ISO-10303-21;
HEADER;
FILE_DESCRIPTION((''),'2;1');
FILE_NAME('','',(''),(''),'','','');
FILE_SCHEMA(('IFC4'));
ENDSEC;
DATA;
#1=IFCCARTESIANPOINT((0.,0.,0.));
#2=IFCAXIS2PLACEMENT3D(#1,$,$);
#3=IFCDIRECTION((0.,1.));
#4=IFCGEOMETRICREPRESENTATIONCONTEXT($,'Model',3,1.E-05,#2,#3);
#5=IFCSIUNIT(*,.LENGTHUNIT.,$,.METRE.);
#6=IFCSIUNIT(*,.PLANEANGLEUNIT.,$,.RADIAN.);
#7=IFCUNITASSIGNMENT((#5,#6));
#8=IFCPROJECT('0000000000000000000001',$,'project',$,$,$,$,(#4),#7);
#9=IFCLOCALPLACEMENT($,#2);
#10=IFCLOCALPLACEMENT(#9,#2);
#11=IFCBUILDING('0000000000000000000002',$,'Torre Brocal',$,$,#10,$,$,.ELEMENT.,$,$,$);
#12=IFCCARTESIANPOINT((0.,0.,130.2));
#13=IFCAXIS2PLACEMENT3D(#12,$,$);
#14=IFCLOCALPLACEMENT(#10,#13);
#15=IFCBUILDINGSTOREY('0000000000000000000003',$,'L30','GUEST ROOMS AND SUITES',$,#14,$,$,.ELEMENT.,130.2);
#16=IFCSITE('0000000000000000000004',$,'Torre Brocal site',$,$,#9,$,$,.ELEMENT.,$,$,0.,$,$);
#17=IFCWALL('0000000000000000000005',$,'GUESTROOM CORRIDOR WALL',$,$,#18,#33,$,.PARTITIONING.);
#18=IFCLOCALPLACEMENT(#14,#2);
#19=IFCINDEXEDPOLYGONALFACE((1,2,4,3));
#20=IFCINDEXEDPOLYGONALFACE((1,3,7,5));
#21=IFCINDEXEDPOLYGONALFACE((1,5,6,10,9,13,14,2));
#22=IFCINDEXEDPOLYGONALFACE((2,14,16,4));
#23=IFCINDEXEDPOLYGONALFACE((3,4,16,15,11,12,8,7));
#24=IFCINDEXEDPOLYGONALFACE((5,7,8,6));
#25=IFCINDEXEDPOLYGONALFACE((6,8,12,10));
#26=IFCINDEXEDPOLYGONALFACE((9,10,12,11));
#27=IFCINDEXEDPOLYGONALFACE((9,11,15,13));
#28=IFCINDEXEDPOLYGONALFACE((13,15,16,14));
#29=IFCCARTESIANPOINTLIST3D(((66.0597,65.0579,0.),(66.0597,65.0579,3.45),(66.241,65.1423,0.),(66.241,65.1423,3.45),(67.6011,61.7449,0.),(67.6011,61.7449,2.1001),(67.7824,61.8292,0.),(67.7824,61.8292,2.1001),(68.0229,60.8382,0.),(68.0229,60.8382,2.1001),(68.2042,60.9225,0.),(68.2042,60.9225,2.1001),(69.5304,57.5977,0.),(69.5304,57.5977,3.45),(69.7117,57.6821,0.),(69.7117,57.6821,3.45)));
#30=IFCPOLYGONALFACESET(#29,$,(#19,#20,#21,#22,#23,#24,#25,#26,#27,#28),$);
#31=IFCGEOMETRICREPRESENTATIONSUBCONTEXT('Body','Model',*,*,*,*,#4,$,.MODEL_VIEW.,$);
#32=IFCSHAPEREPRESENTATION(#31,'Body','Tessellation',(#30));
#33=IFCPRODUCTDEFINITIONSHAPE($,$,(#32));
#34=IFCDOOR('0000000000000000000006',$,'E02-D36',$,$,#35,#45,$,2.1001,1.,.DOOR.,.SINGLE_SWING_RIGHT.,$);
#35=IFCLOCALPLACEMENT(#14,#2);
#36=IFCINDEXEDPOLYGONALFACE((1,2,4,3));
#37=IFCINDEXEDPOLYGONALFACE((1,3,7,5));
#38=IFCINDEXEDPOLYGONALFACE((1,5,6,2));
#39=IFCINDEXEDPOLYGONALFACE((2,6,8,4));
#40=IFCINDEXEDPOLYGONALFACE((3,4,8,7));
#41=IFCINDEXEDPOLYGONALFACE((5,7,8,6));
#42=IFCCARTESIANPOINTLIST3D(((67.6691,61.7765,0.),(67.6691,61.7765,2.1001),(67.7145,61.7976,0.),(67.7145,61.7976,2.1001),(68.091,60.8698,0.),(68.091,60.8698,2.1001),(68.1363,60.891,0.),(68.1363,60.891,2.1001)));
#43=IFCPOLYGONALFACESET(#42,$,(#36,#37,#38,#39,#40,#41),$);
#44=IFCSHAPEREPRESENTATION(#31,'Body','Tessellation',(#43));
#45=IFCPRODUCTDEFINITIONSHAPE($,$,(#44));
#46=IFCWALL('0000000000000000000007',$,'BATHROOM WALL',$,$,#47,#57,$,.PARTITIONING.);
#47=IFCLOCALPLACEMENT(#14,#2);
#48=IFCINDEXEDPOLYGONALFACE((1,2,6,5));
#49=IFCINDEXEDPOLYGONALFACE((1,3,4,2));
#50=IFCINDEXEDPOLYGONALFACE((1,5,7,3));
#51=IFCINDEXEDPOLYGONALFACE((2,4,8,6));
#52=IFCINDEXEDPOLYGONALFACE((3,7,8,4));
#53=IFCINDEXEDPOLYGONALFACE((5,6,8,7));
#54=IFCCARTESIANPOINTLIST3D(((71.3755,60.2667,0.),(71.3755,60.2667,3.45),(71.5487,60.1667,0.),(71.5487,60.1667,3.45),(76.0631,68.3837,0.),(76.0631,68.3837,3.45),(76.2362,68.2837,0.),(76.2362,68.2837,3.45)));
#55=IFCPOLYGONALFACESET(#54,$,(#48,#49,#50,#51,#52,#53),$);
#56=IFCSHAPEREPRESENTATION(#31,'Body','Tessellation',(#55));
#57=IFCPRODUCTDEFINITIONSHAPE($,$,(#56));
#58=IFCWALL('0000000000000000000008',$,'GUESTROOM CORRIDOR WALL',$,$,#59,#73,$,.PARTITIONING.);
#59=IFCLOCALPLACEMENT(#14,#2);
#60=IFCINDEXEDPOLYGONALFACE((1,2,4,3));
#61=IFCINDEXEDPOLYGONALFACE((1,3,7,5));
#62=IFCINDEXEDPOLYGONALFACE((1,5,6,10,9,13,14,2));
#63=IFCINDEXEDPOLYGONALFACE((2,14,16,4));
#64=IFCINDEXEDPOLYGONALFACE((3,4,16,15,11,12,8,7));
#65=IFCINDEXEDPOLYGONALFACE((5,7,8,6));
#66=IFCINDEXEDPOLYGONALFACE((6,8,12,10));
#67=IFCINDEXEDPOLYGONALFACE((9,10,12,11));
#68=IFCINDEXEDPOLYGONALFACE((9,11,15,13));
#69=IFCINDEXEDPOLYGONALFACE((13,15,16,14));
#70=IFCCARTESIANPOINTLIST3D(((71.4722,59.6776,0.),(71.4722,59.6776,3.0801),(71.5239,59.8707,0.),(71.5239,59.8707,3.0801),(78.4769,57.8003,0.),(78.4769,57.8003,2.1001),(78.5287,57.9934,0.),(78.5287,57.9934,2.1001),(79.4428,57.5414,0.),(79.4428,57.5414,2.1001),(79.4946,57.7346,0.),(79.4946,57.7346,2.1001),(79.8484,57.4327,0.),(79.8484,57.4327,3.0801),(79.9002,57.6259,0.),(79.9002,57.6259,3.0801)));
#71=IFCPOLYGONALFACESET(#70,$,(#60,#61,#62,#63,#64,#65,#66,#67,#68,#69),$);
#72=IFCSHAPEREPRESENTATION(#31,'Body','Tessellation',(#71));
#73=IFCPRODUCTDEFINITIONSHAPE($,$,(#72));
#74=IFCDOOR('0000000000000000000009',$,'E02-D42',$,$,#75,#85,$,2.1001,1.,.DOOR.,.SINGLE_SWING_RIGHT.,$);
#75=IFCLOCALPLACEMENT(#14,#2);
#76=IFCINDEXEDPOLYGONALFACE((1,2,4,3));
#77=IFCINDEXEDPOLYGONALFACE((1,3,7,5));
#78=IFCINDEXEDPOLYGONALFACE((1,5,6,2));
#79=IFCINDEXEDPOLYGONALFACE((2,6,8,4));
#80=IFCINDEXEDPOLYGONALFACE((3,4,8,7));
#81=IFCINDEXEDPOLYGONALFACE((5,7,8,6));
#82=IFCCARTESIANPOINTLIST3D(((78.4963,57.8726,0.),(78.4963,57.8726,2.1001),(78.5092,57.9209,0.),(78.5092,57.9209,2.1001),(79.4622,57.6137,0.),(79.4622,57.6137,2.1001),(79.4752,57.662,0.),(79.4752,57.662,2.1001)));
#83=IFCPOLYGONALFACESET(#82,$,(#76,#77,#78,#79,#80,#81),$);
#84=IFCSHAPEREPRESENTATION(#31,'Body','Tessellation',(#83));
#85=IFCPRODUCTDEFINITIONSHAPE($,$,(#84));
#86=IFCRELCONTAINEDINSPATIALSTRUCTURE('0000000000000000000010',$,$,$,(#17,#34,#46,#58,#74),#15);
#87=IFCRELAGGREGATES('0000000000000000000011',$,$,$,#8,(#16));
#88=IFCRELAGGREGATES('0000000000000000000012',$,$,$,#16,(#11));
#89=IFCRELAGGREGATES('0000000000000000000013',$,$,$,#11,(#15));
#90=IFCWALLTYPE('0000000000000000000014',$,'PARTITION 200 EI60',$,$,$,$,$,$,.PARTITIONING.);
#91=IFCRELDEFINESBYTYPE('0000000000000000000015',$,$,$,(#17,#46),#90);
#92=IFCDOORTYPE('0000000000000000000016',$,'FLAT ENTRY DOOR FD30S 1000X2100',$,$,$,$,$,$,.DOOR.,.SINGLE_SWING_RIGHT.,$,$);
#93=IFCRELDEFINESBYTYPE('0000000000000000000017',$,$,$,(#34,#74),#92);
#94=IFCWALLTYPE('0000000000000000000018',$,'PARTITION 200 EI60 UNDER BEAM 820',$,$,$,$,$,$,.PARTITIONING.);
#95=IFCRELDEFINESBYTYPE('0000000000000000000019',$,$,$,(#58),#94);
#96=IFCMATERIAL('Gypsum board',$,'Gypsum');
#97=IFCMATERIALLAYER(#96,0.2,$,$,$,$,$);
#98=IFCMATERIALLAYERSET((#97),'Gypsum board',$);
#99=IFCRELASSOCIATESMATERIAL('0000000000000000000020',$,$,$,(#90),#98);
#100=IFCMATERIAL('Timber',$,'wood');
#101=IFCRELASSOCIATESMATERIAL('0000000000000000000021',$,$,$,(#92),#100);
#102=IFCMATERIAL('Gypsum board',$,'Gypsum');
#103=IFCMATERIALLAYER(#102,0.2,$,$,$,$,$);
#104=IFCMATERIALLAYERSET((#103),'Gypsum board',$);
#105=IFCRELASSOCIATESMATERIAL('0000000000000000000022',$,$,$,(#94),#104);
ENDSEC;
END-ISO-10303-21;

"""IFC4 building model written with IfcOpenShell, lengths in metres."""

from ifc_helpers import new_model, si_unit, direction, frame, frame_2d, origin, place, context, subcontext, project, spatial, rectangle, extrude, material, layer, layer_set, type_object, element, fill, save


model = new_model("IFC4")

# Units and contexts
model_context = context("Model", 3, precision=1e-05, world=origin(), true_north=direction((0.0, 1.0)))
body_context = subcontext(model_context, "Body", "Model", "MODEL_VIEW")
ifc_project = project(units=[si_unit("LENGTHUNIT", "METRE"), si_unit("PLANEANGLEUNIT", "RADIAN")], contexts=[model_context])

# Site, building, storey
site_placement = place(None, origin())
site = spatial("IfcSite", under=ifc_project, at=site_placement, Name="Torre Brocal site", CompositionType="ELEMENT", RefElevation=0.0)
building_placement = place(site_placement, origin())
building = spatial("IfcBuilding", under=site, at=building_placement, Name="Torre Brocal", CompositionType="ELEMENT")
storey_placement = place(building_placement, frame((0.0, 0.0, 130.2)))
storey = spatial("IfcBuildingStorey", under=building, at=storey_placement, Name="L30", Description="GUEST ROOMS AND SUITES", CompositionType="ELEMENT", Elevation=130.2)

# Wall, opening, door
ifc_material_1 = material(Name="Gypsum board", Category="Gypsum")
ifc_layer_1 = layer(ifc_material_1, 0.2)
ifc_layer_set_1 = layer_set([ifc_layer_1], Name="Gypsum board")
wall_type_1 = type_object("IfcWallType", Name="PARTITION 200 EI60", PredefinedType="PARTITIONING", material=ifc_layer_set_1)
wall_1_placement = place(storey_placement, frame((66.1504, 65.1001, 0.0), z_axis=(0.0, 0.0, 1.0), x_axis=(0.421815, -0.906682, 0.0)))
wall_1 = element("IfcWall", 1, at=wall_1_placement, inside=storey, type_object=wall_type_1, Name="GUESTROOM CORRIDOR WALL", PredefinedType="PARTITIONING", context=body_context, shape_type="SweptSolid", body=[
    extrude(rectangle(XDim=8.228, YDim=0.2, at=frame_2d((4.114, 0.0))), origin(), (0.0, 0.0, 1.0), 3.45),
])
opening_1_placement = place(wall_1_placement, frame((3.6541, 0.0, 0.0)))
opening_1 = element("IfcOpeningElement", 2, at=opening_1_placement, cuts=wall_1, PredefinedType="OPENING", context=body_context, shape_type="SweptSolid", body=[
    extrude(rectangle(XDim=1.0, YDim=2.1001, at=frame_2d((0.5, 1.05))), frame((0.0, 0.1099, 0.0), z_axis=(0.0, -1.0, 0.0), x_axis=(1.0, 0.0, 0.0)), (0.0, 0.0, 1.0), 0.22),
])
ifc_material_2 = material(Name="Timber", Category="wood")
door_type_1 = type_object("IfcDoorType", Name="FLAT ENTRY DOOR FD30S 1000X2100", OperationType="SINGLE_SWING_RIGHT", PredefinedType="DOOR", material=ifc_material_2)
door_1_placement = place(opening_1_placement, frame((1.0, 0.0, 0.0), z_axis=(0.0, 0.0, 1.0), x_axis=(-1.0, 0.0, 0.0)))
door_1 = element("IfcDoor", 3, at=door_1_placement, inside=storey, type_object=door_type_1, Name="E02-D36", OperationType="SINGLE_SWING_RIGHT", OverallHeight=2.1001, OverallWidth=1.0, PredefinedType="DOOR", context=body_context, shape_type="SweptSolid", body=[
    extrude(rectangle(XDim=1.0, YDim=2.1001, at=frame_2d((0.5, 1.05))), frame((0.0, 0.0249, 0.0), z_axis=(0.0, -1.0, 0.0), x_axis=(1.0, 0.0, 0.0)), (0.0, 0.0, 1.0), 0.05),
])
fill(opening_1, door_1)

# Wall
wall_2_placement = place(storey_placement, frame((71.4622, 60.2168, 0.0), z_axis=(0.0, 0.0, 1.0), x_axis=(0.500094, 0.865971, 0.0)))
element("IfcWall", 4, at=wall_2_placement, inside=storey, type_object=wall_type_1, Name="BATHROOM WALL", PredefinedType="PARTITIONING", context=body_context, shape_type="SweptSolid", body=[
    extrude(rectangle(XDim=9.3733, YDim=0.2, at=frame_2d((4.6865, 0.0))), origin(), (0.0, 0.0, 1.0), 3.45),
])

# Wall, opening, door
ifc_material_3 = material(Name="Gypsum board", Category="Gypsum")
ifc_layer_2 = layer(ifc_material_3, 0.2)
ifc_layer_set_2 = layer_set([ifc_layer_2], Name="Gypsum board")
wall_type_2 = type_object("IfcWallType", Name="PARTITION 200 EI60 UNDER BEAM 820", PredefinedType="PARTITIONING", material=ifc_layer_set_2)
wall_3_placement = place(storey_placement, frame((71.498, 59.7742, 0.0), z_axis=(0.0, 0.0, 1.0), x_axis=(0.965912, -0.25887, 0.0)))
wall_3 = element("IfcWall", 5, at=wall_3_placement, inside=storey, type_object=wall_type_2, Name="GUESTROOM CORRIDOR WALL", PredefinedType="PARTITIONING", context=body_context, shape_type="SweptSolid", body=[
    extrude(rectangle(XDim=8.6719, YDim=0.2, at=frame_2d((4.3359, 0.0))), origin(), (0.0, 0.0, 1.0), 3.0801),
])
opening_2_placement = place(wall_3_placement, frame((7.252, 0.0, 0.0)))
opening_2 = element("IfcOpeningElement", 6, at=opening_2_placement, cuts=wall_3, PredefinedType="OPENING", context=body_context, shape_type="SweptSolid", body=[
    extrude(rectangle(XDim=1.0, YDim=2.1001, at=frame_2d((0.5, 1.05))), frame((0.0, 0.1099, 0.0), z_axis=(0.0, -1.0, 0.0), x_axis=(1.0, 0.0, 0.0)), (0.0, 0.0, 1.0), 0.22),
])
door_2_placement = place(opening_2_placement, origin())
door_2 = element("IfcDoor", 7, at=door_2_placement, inside=storey, type_object=door_type_1, Name="E02-D42", OperationType="SINGLE_SWING_RIGHT", OverallHeight=2.1001, OverallWidth=1.0, PredefinedType="DOOR", context=body_context, shape_type="SweptSolid", body=[
    extrude(rectangle(XDim=1.0, YDim=2.1001, at=frame_2d((0.5, 1.05))), frame((0.0, 0.0249, 0.0), z_axis=(0.0, -1.0, 0.0), x_axis=(1.0, 0.0, 0.0)), (0.0, 0.0, 1.0), 0.05),
])
fill(opening_2, door_2)

save(model, "model.ifc")
